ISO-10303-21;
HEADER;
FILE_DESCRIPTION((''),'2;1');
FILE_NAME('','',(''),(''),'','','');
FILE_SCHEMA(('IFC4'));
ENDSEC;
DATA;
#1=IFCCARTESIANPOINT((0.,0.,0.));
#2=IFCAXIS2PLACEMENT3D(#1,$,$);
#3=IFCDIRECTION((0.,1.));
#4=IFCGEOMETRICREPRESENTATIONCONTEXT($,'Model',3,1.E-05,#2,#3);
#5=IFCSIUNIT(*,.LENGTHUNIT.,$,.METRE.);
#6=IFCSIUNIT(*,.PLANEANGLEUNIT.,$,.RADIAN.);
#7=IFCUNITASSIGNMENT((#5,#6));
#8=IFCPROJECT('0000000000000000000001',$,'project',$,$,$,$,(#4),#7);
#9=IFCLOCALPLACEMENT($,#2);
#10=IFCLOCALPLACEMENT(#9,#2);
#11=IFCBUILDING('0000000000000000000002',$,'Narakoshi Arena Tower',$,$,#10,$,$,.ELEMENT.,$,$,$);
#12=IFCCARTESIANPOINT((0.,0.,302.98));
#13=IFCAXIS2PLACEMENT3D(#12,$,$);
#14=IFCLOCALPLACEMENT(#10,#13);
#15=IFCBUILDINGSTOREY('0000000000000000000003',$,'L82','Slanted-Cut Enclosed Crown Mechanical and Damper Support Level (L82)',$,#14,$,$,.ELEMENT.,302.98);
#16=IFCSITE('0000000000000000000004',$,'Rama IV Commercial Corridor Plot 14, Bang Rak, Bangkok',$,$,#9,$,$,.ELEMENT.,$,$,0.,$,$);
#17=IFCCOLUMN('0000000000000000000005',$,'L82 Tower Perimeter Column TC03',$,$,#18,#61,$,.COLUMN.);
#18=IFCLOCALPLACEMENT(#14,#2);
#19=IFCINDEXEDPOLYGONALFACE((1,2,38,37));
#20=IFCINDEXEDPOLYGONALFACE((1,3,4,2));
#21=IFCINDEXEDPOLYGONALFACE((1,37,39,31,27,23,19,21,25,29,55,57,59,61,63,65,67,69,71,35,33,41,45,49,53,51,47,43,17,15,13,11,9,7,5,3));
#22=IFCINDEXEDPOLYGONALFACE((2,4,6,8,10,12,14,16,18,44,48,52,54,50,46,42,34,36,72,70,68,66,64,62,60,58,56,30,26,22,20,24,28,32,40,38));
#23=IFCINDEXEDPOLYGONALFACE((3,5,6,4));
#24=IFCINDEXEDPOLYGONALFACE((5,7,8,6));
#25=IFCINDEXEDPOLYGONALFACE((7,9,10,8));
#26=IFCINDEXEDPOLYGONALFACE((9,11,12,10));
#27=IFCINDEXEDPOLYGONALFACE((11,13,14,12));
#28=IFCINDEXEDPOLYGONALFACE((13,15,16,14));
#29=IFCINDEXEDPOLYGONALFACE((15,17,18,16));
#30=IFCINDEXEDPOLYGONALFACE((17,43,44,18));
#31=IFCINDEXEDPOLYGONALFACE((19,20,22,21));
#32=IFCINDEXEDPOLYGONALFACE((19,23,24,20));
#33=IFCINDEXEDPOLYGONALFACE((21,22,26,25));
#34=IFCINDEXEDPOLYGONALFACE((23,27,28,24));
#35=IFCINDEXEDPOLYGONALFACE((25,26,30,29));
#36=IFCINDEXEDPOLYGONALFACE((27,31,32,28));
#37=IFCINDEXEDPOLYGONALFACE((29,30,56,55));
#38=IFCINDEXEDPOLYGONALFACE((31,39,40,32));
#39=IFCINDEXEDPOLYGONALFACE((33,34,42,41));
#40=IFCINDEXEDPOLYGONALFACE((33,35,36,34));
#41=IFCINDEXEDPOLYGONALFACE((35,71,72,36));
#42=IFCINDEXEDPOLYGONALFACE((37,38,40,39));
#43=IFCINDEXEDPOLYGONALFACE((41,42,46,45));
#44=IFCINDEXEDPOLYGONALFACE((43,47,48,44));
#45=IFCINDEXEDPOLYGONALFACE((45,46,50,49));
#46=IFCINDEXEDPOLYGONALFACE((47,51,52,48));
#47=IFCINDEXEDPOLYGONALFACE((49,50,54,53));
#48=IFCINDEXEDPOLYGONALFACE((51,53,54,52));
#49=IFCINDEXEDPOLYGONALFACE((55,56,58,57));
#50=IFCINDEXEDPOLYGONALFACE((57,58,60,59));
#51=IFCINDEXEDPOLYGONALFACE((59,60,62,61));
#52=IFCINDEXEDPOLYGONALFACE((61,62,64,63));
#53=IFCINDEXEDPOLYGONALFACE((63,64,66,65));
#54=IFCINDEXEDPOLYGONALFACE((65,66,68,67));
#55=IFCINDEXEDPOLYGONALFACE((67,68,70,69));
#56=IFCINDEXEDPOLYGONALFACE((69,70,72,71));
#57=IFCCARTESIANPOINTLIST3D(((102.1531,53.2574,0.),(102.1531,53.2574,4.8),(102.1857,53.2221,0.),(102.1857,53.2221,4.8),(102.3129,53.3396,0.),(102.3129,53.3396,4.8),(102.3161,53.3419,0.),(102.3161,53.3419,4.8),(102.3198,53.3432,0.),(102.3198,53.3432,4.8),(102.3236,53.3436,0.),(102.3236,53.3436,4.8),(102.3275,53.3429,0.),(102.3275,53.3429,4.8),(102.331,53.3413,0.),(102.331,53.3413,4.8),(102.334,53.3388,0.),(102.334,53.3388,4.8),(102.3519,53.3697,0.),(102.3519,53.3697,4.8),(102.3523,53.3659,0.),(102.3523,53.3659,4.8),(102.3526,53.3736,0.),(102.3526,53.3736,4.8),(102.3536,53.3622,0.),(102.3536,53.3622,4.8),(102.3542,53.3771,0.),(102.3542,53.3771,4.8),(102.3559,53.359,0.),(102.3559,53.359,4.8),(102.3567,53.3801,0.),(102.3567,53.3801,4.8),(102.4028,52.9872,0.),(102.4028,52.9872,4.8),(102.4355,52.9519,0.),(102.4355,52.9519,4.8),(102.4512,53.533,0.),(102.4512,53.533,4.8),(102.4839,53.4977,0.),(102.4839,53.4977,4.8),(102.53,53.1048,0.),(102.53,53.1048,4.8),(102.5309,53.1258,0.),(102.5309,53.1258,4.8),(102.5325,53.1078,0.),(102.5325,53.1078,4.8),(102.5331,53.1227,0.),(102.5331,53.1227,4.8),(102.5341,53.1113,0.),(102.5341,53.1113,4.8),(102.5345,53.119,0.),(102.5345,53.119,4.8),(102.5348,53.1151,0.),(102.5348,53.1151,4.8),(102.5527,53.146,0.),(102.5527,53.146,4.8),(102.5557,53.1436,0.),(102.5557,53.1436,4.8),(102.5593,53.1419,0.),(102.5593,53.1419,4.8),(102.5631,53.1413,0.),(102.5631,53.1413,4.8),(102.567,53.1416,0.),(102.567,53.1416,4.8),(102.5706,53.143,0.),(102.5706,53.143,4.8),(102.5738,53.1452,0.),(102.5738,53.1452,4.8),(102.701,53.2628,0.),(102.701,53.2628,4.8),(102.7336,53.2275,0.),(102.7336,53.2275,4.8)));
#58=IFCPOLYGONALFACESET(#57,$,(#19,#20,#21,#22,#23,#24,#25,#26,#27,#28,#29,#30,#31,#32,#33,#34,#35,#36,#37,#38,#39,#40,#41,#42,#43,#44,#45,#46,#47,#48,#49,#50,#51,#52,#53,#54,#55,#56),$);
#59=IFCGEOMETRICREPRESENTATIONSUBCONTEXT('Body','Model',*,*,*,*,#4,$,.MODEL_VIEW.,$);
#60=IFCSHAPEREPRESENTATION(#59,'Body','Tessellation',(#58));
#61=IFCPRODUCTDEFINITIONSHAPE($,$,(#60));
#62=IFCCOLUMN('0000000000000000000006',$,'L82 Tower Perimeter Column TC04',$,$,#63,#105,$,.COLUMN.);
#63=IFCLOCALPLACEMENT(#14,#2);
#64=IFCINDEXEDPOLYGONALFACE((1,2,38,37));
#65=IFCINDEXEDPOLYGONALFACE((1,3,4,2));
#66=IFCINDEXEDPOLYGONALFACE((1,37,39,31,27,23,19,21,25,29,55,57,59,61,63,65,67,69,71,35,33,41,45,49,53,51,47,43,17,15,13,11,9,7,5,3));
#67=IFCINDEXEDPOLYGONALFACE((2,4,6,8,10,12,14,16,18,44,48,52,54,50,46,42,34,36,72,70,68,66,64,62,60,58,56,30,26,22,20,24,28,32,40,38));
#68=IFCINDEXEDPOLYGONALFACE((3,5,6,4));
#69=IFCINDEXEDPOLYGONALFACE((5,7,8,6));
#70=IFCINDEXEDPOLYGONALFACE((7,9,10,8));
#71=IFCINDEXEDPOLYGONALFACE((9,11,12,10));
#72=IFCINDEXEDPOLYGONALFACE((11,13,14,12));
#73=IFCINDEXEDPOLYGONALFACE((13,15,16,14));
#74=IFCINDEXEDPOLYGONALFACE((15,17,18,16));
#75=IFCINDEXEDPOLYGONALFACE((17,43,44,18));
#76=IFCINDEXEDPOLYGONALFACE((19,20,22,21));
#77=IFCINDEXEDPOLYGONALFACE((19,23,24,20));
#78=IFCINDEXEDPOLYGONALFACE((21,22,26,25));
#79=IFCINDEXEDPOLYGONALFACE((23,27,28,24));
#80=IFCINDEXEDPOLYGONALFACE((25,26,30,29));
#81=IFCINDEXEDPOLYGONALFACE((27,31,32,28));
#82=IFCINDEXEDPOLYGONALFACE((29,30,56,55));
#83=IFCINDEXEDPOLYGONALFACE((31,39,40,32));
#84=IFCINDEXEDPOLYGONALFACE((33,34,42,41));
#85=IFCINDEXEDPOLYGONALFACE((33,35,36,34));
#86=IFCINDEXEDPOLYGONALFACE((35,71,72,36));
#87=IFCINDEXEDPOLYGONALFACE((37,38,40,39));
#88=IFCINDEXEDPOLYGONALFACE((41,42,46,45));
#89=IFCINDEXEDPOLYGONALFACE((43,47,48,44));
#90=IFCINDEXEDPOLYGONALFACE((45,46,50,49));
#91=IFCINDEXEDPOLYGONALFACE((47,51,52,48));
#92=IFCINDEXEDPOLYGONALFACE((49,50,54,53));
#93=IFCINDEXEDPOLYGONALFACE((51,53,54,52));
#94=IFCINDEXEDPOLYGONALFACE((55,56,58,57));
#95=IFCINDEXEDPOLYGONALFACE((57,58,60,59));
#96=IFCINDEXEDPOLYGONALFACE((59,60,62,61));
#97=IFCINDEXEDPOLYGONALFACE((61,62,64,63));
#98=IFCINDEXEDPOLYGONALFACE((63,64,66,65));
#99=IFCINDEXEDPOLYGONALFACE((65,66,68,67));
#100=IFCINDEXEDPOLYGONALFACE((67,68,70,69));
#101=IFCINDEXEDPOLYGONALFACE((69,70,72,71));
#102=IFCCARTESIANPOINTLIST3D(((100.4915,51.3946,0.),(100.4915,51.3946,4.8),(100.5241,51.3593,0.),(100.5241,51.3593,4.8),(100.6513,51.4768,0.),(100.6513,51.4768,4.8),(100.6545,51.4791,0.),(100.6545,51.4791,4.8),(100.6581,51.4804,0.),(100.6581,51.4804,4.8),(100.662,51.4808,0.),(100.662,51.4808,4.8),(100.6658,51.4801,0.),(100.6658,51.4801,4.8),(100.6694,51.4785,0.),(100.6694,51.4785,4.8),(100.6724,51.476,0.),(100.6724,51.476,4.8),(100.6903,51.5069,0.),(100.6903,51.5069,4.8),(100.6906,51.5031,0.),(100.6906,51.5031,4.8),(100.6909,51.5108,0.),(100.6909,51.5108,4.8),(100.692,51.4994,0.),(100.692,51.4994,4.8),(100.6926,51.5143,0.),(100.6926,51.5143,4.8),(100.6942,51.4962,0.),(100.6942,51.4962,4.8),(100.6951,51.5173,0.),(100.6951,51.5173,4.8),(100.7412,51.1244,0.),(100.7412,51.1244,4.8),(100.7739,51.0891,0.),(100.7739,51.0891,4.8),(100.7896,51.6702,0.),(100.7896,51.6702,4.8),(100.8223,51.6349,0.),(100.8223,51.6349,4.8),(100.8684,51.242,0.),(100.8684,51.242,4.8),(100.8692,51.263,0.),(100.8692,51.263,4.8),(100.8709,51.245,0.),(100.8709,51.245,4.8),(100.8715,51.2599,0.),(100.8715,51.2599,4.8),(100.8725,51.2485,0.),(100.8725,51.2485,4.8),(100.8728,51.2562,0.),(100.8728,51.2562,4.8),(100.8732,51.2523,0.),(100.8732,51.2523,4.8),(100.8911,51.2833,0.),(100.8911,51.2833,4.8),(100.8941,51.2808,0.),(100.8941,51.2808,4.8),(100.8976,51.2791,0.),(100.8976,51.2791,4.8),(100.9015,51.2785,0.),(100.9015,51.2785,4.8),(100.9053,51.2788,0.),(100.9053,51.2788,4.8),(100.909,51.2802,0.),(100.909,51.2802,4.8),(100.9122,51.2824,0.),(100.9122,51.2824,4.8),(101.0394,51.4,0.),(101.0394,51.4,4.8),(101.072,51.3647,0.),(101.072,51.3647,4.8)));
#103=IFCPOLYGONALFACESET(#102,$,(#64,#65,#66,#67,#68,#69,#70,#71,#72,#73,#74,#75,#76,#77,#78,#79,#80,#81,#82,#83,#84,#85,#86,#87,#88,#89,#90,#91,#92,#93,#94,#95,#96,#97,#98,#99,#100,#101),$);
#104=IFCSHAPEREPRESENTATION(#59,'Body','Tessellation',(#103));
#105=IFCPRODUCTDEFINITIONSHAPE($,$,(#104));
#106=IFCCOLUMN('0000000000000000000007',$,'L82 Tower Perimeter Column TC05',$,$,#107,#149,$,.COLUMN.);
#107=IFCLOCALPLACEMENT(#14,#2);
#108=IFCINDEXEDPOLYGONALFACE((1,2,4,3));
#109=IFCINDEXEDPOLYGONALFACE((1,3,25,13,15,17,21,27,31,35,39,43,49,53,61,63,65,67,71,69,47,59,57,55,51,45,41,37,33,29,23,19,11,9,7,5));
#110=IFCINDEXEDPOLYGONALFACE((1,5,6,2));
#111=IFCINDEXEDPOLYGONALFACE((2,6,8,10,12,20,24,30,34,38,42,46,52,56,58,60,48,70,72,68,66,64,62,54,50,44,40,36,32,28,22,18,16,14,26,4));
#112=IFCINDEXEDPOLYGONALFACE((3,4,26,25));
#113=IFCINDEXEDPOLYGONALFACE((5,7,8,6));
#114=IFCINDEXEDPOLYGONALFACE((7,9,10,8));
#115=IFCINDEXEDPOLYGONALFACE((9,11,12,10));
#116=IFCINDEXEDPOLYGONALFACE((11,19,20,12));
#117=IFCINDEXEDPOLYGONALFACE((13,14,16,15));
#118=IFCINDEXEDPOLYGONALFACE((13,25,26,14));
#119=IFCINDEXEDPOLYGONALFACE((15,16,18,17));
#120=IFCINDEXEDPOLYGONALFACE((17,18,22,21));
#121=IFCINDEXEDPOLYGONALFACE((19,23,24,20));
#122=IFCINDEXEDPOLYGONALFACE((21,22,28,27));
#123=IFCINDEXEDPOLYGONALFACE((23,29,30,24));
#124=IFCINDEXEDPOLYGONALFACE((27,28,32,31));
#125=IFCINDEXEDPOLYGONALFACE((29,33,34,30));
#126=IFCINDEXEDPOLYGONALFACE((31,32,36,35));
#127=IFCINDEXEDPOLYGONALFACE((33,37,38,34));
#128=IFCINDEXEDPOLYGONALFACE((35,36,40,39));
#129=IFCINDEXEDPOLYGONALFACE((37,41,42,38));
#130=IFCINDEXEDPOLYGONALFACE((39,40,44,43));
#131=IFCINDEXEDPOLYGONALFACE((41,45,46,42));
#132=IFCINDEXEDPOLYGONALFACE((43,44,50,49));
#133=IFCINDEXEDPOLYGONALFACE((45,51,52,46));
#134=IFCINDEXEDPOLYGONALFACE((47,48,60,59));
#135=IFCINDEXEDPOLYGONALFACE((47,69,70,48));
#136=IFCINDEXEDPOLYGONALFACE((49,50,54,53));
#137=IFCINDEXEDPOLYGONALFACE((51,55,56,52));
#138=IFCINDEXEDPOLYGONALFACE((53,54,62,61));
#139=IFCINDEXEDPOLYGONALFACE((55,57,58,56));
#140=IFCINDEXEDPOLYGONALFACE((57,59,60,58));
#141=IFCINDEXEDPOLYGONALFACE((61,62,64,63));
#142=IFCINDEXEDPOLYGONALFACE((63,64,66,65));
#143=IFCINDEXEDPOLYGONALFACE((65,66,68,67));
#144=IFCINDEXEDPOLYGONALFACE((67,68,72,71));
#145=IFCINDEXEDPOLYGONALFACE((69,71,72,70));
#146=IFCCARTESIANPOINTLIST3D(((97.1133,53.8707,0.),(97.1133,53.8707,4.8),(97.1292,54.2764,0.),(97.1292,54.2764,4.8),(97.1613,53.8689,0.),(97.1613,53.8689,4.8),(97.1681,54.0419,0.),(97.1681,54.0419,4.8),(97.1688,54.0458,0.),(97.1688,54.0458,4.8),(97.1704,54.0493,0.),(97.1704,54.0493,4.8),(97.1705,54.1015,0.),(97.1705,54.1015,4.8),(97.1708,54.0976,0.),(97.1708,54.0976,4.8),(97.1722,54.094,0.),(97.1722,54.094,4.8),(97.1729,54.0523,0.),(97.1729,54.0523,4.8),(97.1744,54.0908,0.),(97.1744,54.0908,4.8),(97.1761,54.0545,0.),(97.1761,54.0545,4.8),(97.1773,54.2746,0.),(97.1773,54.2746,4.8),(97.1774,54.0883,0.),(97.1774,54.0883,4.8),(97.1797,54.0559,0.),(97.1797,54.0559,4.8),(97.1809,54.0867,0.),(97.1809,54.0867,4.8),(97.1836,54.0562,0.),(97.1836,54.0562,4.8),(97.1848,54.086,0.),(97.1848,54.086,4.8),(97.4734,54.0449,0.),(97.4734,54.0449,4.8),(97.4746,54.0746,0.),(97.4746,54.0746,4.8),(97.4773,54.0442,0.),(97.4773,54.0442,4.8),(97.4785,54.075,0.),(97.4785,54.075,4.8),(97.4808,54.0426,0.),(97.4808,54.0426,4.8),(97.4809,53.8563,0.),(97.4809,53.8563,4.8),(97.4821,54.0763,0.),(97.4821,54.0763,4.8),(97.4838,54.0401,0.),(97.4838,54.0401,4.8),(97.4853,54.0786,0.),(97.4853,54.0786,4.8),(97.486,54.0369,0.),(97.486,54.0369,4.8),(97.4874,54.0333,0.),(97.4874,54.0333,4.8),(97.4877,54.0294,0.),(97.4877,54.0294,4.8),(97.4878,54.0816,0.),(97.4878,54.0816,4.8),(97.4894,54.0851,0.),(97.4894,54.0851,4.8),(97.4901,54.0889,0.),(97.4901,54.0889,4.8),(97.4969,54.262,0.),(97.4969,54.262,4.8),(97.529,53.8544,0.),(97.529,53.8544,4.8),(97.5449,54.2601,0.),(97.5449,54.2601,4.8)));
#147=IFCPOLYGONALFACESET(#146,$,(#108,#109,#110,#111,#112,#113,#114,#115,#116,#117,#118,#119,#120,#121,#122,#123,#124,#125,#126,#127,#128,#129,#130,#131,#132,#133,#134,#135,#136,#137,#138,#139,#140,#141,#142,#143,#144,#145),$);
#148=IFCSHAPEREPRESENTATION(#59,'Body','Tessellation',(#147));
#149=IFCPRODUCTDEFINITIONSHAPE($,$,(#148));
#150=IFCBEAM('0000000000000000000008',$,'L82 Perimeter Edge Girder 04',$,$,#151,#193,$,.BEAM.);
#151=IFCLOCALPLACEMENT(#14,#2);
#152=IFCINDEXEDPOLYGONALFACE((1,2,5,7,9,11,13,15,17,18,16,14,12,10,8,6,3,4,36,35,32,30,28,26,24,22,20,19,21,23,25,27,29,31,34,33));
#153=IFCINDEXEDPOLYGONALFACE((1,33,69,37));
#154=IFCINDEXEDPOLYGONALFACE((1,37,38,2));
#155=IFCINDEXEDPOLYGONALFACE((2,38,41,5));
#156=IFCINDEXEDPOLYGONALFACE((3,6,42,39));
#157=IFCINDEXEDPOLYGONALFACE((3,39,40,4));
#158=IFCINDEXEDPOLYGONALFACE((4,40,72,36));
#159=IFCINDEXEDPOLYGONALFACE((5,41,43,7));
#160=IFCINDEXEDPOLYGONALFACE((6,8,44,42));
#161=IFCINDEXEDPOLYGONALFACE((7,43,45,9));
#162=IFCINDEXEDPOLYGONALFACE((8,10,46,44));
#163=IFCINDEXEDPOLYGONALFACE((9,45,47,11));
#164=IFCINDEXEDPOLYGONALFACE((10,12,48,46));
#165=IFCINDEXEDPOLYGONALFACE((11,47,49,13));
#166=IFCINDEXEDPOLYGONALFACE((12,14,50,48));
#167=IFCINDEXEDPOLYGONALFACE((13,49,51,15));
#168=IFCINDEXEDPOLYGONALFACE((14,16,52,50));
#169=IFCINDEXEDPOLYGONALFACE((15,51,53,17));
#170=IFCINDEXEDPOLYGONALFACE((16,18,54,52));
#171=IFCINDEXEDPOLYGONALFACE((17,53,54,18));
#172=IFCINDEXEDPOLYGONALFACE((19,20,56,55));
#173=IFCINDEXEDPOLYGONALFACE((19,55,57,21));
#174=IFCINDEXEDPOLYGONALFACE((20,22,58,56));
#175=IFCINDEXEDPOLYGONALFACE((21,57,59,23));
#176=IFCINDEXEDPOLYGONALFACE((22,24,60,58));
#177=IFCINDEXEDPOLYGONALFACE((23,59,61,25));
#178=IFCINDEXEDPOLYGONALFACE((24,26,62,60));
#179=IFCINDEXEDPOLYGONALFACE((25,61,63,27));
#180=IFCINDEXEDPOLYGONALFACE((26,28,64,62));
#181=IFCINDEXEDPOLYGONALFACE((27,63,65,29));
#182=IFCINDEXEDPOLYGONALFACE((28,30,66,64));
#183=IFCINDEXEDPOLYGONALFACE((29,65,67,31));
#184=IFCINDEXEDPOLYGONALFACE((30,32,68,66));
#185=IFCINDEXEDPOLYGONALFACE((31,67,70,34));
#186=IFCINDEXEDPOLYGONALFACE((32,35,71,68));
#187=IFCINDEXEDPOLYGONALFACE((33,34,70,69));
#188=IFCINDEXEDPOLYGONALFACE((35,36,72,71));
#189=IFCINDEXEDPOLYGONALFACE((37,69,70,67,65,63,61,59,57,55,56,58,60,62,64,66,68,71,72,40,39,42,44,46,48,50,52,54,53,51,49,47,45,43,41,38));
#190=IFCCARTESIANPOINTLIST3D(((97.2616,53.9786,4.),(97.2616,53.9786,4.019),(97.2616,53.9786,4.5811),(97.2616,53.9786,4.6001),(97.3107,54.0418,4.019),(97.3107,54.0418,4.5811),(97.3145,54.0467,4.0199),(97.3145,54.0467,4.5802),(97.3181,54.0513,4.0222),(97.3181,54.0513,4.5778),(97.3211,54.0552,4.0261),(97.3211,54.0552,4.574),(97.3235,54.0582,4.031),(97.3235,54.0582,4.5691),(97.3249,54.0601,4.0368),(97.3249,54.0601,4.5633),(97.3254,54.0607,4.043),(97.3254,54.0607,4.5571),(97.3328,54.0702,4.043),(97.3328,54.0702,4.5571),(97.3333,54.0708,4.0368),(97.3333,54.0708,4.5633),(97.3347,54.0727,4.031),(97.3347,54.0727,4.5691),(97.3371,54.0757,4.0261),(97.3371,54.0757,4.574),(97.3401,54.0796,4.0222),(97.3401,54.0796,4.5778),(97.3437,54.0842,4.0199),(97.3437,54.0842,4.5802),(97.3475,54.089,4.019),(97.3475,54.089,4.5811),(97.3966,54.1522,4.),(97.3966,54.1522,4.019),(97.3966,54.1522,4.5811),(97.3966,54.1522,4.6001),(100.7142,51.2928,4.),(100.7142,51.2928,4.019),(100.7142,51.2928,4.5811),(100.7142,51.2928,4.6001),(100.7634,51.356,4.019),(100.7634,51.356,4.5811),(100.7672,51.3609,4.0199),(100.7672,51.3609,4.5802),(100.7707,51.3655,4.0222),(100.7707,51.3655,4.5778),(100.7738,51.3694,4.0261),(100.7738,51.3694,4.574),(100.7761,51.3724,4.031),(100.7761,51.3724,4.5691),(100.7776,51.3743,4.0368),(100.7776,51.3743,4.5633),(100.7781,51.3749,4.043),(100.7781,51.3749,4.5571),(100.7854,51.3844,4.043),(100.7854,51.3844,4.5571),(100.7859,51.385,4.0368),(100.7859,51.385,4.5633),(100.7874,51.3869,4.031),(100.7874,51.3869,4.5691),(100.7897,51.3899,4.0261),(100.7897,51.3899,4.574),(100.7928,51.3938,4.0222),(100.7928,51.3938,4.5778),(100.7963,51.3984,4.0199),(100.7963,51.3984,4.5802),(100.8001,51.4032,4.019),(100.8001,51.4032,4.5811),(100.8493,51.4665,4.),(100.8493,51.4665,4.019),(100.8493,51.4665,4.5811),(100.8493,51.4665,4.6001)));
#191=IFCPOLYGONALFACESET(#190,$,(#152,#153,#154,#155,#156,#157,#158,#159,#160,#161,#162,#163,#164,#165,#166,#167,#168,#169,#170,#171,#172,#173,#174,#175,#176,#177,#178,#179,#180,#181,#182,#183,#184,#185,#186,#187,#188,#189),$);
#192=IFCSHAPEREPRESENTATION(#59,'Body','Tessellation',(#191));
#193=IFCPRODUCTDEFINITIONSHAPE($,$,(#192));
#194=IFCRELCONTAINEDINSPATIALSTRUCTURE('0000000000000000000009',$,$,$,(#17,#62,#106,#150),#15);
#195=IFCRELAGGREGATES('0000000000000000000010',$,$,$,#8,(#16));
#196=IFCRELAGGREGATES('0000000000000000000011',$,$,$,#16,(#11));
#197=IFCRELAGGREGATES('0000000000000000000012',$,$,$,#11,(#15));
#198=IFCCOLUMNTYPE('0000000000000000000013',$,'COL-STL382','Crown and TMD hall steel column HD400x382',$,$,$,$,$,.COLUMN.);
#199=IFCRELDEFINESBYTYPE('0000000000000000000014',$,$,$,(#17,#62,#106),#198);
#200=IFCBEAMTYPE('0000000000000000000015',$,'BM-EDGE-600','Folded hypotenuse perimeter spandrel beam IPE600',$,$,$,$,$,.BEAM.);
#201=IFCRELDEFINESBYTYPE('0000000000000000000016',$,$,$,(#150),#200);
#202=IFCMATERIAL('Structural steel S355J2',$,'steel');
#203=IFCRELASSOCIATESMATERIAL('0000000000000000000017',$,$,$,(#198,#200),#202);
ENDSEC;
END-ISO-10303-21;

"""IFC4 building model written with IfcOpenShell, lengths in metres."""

from ifc_helpers import new_model, si_unit, direction, frame, origin, origin_2d, place, context, subcontext, project, spatial, i_section, extrude, material, material_profile, profile_set, type_object, element, save


model = new_model("IFC4")

# Units and contexts
model_context = context("Model", 3, precision=1e-05, world=origin(), true_north=direction((0.0, 1.0)))
body_context = subcontext(model_context, "Body", "Model", "MODEL_VIEW")
ifc_project = project(units=[si_unit("LENGTHUNIT", "METRE"), si_unit("PLANEANGLEUNIT", "RADIAN")], contexts=[model_context])

# Site, building, storey
site_placement = place(None, origin())
site = spatial("IfcSite", under=ifc_project, at=site_placement, Name="Rama IV Commercial Corridor Plot 14, Bang Rak, Bangkok", CompositionType="ELEMENT", RefElevation=0.0)
building_placement = place(site_placement, origin())
building = spatial("IfcBuilding", under=site, at=building_placement, Name="Narakoshi Arena Tower", CompositionType="ELEMENT")
storey_placement = place(building_placement, frame((0.0, 0.0, 302.98)))
storey = spatial("IfcBuildingStorey", under=building, at=storey_placement, Name="L82", Description="Slanted-Cut Enclosed Crown Mechanical and Damper Support Level (L82)", CompositionType="ELEMENT", Elevation=302.98)

# Columns
ifc_material_1 = material(Name="Structural steel S355J2", Category="steel")
ifc_material_profile_1 = material_profile(ifc_material_1, i_section(OverallWidth=0.406, OverallDepth=0.416, WebThickness=0.0298, FlangeThickness=0.0481, FilletRadius=0.0149, at=origin_2d()), Name="HD400x382")
ifc_profile_set_1 = profile_set([ifc_material_profile_1], Name="Structural steel S355J2")
column_type = type_object("IfcColumnType", Name="COL-STL382", Description="Crown and TMD hall steel column HD400x382", PredefinedType="COLUMN", material=ifc_profile_set_1)
for number, where, z_axis, x_axis, name in (
    (1, (102.4434, 53.2424, 0.0), (0.0, 0.0, 1.0), (0.734323, 0.678801, 0.0), "L82 Tower Perimeter Column TC03"),
    (2, (100.7817, 51.3796, 0.0), (0.0, 0.0, 1.0), (0.734323, 0.678801, 0.0), "L82 Tower Perimeter Column TC04"),
    (3, (97.3291, 54.0654, 0.0), (0.0, 0.0, 1.0), (0.03926, 0.999229, 0.0), "L82 Tower Perimeter Column TC05"),
):
    element("IfcColumn", number, at=place(storey_placement, frame(where, z_axis=z_axis, x_axis=x_axis)), inside=storey, type_object=column_type, Name=name, PredefinedType="COLUMN", context=body_context, shape_type="SweptSolid", body=[
        extrude(i_section(OverallWidth=0.406, OverallDepth=0.416, WebThickness=0.0298, FlangeThickness=0.0481, FilletRadius=0.0149, at=origin_2d()), origin(), (0.0, 0.0, 1.0), 4.8),
    ])

# Beam
ifc_material_profile_2 = material_profile(ifc_material_1, i_section(OverallWidth=0.22, OverallDepth=0.6001, WebThickness=0.012, FlangeThickness=0.019, FilletRadius=0.0239, at=origin_2d()), Name="IPE600")
ifc_profile_set_2 = profile_set([ifc_material_profile_2], Name="Structural steel S355J2")
beam_type = type_object("IfcBeamType", Name="BM-EDGE-600", Description="Folded hypotenuse perimeter spandrel beam IPE600", PredefinedType="BEAM", material=ifc_profile_set_2)
beam_1_placement = place(storey_placement, frame((100.7817, 51.3796, 4.3), z_axis=(-0.789307, 0.613999, 0.0), x_axis=(-0.613999, -0.789307, 0.0)))
element("IfcBeam", 4, at=beam_1_placement, inside=storey, type_object=beam_type, Name="L82 Perimeter Edge Girder 04", PredefinedType="BEAM", context=body_context, shape_type="SweptSolid", body=[
    extrude(i_section(OverallWidth=0.22, OverallDepth=0.6001, WebThickness=0.012, FlangeThickness=0.019, FilletRadius=0.0239, at=origin_2d()), origin(), (0.0, 0.0, 1.0), 4.3743),
])

save(model, "model.ifc")
